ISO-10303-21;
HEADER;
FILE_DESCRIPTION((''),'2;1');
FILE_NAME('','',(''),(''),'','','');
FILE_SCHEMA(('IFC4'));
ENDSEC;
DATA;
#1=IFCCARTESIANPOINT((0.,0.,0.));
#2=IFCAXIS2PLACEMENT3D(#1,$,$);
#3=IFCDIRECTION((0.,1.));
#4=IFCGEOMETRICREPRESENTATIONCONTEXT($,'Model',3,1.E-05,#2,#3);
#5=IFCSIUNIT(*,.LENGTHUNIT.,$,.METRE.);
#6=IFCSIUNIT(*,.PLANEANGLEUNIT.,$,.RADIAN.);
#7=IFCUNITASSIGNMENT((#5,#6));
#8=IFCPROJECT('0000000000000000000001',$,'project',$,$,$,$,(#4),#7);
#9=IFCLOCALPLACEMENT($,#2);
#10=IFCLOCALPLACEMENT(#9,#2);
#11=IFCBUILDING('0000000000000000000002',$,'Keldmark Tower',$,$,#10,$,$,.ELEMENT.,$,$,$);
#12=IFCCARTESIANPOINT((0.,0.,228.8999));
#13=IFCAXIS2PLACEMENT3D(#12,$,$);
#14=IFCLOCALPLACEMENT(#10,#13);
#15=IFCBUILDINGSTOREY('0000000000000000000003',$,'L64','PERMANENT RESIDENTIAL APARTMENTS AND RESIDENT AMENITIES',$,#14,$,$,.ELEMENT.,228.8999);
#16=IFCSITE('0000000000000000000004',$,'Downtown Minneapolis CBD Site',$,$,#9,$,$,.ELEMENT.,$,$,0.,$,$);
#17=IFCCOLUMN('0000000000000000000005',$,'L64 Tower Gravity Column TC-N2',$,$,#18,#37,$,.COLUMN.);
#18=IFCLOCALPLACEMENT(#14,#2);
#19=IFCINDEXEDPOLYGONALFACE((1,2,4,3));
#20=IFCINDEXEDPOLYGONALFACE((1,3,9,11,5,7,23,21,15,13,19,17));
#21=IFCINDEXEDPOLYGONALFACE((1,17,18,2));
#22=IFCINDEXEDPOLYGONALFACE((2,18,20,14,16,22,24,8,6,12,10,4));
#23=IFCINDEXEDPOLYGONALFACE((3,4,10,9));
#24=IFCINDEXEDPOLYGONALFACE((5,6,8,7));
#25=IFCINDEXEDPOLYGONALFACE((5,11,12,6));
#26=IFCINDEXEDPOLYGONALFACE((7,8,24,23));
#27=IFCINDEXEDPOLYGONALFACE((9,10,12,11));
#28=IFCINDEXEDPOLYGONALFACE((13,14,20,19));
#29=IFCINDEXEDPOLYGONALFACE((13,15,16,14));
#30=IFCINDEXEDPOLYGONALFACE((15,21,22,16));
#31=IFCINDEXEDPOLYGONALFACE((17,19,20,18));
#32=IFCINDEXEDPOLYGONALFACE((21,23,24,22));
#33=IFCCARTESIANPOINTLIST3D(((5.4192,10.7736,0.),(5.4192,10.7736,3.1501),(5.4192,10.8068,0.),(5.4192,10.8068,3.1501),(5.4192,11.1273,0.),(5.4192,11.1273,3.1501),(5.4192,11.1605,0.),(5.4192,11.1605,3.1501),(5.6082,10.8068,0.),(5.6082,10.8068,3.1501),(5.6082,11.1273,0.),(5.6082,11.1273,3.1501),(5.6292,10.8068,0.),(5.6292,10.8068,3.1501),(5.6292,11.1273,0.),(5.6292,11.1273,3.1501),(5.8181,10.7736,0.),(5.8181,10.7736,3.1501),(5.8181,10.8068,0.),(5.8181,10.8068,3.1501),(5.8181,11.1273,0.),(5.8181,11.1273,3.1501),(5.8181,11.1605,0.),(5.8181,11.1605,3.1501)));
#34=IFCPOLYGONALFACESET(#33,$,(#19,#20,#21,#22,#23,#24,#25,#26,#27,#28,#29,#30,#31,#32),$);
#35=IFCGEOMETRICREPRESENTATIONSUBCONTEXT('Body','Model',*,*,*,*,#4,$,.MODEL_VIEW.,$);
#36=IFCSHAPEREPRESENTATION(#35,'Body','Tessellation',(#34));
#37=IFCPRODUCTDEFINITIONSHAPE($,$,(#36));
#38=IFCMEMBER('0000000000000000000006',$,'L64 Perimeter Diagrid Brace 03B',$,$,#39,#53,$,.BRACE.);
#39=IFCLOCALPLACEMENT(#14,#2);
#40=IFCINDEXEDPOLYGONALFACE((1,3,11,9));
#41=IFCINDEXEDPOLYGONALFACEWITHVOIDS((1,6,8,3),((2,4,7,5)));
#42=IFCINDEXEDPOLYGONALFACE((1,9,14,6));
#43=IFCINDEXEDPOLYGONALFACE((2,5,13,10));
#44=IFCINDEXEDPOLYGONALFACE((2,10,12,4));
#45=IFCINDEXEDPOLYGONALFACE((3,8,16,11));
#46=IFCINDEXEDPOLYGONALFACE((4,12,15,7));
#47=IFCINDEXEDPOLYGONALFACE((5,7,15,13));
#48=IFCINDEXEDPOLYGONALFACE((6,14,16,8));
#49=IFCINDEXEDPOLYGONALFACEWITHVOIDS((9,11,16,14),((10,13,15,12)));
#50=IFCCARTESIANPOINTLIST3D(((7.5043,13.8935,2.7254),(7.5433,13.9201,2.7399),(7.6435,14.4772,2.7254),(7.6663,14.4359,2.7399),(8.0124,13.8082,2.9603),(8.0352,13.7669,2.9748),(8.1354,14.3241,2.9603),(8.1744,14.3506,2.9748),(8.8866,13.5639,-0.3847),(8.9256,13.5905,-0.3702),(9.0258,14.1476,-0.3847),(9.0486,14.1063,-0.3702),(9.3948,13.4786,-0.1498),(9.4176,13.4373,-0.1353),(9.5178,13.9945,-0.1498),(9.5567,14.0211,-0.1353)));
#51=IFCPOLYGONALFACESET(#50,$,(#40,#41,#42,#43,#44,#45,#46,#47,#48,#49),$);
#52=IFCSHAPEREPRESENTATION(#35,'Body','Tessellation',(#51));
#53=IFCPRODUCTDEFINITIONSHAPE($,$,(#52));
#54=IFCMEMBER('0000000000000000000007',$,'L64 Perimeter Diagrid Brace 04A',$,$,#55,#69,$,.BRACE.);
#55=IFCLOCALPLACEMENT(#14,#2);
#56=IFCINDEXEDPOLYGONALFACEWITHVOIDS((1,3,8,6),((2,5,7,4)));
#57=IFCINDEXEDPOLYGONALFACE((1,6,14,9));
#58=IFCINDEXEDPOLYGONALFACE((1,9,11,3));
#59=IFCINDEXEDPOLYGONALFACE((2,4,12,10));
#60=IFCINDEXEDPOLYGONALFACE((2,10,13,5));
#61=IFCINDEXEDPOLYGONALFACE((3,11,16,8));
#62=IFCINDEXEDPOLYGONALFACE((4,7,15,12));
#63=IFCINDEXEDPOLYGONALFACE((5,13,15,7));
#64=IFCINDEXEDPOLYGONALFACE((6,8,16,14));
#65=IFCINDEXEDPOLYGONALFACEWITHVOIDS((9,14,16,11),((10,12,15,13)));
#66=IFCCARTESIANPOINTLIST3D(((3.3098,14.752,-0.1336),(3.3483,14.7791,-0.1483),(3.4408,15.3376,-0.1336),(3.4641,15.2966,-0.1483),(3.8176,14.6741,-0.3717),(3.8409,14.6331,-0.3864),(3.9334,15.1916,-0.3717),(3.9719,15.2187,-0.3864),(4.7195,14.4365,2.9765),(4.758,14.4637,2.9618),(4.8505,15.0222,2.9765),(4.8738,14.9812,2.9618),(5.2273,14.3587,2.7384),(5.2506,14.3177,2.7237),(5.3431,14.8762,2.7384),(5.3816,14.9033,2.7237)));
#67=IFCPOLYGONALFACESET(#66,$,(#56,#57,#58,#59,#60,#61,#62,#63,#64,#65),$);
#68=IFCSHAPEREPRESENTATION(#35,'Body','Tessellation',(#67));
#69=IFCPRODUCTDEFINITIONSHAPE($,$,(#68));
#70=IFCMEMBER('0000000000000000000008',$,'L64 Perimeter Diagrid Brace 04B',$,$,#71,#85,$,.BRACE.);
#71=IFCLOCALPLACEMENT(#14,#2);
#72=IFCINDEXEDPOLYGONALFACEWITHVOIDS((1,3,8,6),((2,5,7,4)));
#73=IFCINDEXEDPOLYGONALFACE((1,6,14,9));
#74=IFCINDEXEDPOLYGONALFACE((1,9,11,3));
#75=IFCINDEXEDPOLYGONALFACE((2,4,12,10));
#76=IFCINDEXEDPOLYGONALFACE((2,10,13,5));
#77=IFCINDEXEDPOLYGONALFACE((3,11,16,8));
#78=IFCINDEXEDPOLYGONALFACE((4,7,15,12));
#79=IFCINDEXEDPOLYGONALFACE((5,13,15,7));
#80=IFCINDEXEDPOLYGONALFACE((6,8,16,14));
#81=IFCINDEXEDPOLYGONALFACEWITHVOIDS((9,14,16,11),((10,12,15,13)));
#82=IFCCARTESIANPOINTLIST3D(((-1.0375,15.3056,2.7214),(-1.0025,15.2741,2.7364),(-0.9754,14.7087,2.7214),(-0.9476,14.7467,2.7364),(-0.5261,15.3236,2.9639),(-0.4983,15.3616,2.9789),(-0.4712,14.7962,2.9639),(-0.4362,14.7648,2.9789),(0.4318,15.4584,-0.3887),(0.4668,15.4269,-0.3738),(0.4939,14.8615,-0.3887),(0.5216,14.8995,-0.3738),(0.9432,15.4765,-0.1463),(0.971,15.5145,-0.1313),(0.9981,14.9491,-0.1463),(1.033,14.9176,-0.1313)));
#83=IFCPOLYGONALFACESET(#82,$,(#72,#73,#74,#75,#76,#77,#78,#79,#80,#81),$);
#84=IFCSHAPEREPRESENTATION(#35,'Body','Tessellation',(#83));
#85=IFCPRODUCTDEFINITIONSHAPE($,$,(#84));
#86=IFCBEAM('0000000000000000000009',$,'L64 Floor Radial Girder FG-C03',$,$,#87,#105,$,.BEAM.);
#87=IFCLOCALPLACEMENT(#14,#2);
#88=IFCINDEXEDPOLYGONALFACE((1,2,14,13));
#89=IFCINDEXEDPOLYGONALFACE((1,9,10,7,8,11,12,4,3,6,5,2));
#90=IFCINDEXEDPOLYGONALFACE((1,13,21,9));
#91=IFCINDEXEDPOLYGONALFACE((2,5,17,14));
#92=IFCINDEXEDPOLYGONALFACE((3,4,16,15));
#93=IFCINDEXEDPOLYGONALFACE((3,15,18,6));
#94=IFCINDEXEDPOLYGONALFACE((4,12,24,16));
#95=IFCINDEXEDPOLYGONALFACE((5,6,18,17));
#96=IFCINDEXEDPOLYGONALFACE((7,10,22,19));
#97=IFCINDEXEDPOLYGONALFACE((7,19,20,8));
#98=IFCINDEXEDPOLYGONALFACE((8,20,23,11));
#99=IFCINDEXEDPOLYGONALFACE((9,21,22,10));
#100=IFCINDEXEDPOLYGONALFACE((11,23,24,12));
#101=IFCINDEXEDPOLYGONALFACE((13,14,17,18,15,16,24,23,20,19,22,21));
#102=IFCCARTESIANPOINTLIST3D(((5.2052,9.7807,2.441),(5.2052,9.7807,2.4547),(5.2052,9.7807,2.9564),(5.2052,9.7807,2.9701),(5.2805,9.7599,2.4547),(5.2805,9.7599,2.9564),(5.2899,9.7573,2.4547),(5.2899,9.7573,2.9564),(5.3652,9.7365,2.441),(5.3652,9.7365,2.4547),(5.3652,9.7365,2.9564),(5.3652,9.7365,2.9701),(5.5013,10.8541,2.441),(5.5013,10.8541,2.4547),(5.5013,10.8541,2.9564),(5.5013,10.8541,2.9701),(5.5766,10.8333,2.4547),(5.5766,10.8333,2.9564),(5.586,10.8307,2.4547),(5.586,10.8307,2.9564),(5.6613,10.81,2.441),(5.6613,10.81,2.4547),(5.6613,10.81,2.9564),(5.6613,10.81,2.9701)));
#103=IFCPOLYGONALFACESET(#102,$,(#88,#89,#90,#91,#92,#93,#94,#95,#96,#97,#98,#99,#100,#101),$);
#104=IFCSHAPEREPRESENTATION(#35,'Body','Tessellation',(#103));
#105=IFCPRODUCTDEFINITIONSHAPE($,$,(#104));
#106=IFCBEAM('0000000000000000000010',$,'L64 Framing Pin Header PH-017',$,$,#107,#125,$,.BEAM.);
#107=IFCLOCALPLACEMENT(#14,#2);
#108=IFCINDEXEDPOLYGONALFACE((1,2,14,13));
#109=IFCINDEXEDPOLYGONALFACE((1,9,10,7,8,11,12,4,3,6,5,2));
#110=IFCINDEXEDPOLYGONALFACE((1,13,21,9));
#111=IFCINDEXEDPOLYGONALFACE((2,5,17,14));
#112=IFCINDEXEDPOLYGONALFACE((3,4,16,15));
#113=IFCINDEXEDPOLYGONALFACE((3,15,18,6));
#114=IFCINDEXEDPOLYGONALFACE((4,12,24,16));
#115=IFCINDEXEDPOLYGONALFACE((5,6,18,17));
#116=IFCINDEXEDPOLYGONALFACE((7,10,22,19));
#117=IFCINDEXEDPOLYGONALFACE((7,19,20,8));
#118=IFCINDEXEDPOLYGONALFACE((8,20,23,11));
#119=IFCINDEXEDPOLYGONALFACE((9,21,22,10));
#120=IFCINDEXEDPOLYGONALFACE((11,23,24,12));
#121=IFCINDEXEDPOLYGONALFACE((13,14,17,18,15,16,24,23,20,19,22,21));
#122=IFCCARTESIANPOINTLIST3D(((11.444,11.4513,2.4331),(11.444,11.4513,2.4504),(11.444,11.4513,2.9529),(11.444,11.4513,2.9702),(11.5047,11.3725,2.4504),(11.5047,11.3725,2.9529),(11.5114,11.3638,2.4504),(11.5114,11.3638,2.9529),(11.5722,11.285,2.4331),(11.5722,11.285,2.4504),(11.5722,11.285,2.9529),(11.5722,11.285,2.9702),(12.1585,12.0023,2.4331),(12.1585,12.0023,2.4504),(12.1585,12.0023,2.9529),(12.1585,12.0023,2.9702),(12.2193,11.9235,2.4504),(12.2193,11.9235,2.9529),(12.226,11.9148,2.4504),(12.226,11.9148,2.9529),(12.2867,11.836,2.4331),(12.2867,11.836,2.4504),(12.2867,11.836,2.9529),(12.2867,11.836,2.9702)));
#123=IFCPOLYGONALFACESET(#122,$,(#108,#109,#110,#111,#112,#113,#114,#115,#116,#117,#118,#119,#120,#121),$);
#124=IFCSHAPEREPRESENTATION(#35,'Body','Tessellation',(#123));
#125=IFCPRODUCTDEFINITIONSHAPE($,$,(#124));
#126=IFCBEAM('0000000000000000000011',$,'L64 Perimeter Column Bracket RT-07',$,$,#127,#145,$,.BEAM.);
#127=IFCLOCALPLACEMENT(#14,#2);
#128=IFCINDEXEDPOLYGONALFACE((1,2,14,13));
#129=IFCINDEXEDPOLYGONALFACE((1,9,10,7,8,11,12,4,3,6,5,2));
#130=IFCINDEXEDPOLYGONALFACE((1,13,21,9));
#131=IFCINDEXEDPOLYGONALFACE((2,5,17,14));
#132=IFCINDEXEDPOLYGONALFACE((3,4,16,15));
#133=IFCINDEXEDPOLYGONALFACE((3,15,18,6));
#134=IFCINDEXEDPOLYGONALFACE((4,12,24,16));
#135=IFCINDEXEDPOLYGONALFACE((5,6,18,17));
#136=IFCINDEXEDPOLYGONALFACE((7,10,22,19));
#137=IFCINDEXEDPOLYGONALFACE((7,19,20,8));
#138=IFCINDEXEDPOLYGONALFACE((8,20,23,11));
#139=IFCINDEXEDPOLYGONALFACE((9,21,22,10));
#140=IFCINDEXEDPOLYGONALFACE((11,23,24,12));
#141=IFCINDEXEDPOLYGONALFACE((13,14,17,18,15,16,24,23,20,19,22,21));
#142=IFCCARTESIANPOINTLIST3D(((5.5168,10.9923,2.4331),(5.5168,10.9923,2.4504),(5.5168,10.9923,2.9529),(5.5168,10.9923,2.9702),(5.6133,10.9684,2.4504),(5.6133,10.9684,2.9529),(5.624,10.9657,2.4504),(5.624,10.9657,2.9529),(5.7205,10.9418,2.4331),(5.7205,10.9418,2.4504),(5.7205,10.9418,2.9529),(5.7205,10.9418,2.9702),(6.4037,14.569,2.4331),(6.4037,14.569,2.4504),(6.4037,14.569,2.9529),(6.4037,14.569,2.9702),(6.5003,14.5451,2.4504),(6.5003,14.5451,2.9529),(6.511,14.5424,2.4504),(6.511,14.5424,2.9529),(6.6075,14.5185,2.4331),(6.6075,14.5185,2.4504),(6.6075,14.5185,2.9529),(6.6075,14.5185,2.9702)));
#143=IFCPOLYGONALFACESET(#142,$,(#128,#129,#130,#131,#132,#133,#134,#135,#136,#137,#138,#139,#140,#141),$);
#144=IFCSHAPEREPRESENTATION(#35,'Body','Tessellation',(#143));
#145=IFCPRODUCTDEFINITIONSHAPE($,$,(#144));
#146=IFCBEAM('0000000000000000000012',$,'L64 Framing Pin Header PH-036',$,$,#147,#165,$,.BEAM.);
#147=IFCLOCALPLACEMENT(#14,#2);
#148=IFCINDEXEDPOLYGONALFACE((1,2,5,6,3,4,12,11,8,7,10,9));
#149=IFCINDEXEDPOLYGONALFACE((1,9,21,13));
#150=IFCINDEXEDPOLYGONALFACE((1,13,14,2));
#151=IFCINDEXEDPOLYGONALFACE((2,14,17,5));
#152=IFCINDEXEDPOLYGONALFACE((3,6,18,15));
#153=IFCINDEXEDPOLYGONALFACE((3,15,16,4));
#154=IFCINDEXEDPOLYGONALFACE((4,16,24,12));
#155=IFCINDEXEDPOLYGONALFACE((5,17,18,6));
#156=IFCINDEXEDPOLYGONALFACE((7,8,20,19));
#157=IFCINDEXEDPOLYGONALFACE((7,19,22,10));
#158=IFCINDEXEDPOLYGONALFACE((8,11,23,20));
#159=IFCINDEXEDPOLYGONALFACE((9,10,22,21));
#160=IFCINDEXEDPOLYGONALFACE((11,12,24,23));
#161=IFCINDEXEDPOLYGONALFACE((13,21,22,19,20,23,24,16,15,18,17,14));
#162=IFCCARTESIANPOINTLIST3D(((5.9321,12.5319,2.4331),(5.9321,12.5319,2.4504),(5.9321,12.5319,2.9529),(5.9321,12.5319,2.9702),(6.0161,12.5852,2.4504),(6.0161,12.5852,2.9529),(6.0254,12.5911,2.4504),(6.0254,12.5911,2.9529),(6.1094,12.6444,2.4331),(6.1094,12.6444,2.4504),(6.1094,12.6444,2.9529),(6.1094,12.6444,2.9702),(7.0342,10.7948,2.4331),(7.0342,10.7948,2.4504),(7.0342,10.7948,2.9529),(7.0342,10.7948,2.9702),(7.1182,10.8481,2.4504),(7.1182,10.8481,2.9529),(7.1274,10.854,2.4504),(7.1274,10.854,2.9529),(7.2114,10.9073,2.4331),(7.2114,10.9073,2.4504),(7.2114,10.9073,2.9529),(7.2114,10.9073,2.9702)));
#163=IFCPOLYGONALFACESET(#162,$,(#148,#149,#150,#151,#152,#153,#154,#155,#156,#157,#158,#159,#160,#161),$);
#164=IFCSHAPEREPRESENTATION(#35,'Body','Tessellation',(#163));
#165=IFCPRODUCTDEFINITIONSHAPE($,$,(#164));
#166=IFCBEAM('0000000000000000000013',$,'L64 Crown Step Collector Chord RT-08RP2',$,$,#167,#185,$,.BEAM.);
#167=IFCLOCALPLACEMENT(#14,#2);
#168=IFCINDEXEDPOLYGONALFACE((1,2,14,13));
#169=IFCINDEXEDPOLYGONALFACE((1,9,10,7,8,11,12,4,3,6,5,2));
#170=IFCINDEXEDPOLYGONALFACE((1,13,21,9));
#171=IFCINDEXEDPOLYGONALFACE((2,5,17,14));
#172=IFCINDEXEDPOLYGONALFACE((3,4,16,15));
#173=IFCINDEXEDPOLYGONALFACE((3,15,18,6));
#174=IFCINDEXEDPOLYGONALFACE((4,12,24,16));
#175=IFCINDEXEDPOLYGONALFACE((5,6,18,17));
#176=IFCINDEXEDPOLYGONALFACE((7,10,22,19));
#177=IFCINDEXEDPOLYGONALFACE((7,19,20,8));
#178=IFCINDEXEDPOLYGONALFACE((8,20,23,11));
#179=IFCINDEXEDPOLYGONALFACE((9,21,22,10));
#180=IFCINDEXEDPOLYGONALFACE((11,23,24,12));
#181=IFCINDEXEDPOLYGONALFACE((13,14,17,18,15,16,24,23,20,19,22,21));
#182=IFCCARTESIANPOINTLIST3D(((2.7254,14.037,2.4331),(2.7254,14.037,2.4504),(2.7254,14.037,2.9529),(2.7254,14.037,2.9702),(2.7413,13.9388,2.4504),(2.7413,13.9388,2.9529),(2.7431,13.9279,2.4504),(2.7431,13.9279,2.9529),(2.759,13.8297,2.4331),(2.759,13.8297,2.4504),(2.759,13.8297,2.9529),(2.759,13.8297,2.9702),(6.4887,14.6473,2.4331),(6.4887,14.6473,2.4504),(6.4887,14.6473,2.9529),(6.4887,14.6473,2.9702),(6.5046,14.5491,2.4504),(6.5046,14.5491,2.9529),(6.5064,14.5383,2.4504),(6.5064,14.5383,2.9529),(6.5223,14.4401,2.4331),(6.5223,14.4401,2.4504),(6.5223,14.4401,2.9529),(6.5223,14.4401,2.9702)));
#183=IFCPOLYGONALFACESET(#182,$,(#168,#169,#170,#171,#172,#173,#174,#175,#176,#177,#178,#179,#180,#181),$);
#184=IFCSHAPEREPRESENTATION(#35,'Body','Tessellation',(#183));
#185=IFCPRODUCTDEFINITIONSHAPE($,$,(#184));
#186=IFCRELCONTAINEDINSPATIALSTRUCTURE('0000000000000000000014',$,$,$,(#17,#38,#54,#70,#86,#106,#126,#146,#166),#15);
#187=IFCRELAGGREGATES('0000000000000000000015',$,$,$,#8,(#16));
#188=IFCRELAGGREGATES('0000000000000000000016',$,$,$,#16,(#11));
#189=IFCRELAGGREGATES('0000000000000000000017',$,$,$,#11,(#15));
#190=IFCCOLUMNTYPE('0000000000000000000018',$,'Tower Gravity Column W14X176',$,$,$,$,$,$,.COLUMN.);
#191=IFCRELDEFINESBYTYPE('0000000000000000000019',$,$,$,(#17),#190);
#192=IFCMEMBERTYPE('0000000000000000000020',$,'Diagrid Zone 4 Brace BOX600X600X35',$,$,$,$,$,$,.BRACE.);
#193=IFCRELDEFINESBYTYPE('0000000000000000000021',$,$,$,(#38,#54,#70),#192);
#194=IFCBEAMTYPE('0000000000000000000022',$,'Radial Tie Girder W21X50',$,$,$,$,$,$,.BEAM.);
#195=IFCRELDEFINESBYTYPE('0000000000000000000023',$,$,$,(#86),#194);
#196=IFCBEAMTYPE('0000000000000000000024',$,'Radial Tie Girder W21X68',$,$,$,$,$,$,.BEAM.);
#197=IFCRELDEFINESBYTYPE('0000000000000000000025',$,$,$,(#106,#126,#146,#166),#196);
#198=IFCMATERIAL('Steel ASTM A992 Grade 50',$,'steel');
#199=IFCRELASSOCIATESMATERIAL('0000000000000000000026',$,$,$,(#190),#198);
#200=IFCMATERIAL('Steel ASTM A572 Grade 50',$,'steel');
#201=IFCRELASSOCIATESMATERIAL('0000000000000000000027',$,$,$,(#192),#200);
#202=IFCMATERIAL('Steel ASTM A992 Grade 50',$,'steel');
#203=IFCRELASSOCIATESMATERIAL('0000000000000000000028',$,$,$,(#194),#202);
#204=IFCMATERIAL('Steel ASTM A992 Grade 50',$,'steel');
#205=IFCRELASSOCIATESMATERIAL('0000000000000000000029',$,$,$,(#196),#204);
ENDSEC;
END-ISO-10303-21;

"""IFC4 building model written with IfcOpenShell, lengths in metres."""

from ifc_helpers import new_model, si_unit, direction, frame, origin, origin_2d, place, context, subcontext, project, spatial, hollow_rectangle, i_section, extrude, material, material_profile, profile_set, type_object, element, save


model = new_model("IFC4")

# Units and contexts
model_context = context("Model", 3, precision=1e-05, world=origin(), true_north=direction((0.0, 1.0)))
body_context = subcontext(model_context, "Body", "Model", "MODEL_VIEW")
ifc_project = project(units=[si_unit("LENGTHUNIT", "METRE"), si_unit("PLANEANGLEUNIT", "RADIAN")], contexts=[model_context])

# Site, building, storey
site_placement = place(None, origin())
site = spatial("IfcSite", under=ifc_project, at=site_placement, Name="Downtown Minneapolis CBD Site", CompositionType="ELEMENT", RefElevation=0.0)
building_placement = place(site_placement, origin())
building = spatial("IfcBuilding", under=site, at=building_placement, Name="Keldmark Tower", CompositionType="ELEMENT")
storey_placement = place(building_placement, frame((0.0, 0.0, 228.8999)))
storey = spatial("IfcBuildingStorey", under=building, at=storey_placement, Name="L64", Description="PERMANENT RESIDENTIAL APARTMENTS AND RESIDENT AMENITIES", CompositionType="ELEMENT", Elevation=228.8999)

# Column
ifc_material_1 = material(Name="Steel ASTM A992 Grade 50", Category="steel")
ifc_material_profile_1 = material_profile(ifc_material_1, i_section(OverallWidth=0.3989, OverallDepth=0.387, WebThickness=0.021, FlangeThickness=0.0332, at=origin_2d()), Name="W14X176")
ifc_profile_set_1 = profile_set([ifc_material_profile_1], Name="Steel ASTM A992 Grade 50")
column_type = type_object("IfcColumnType", Name="Tower Gravity Column W14X176", PredefinedType="COLUMN", material=ifc_profile_set_1)
column_placement = place(storey_placement, frame((5.6187, 10.967, 0.0), z_axis=(0.0, 0.0, 1.0), x_axis=(1.0, 0.0, 0.0)))
element("IfcColumn", 1, at=column_placement, inside=storey, type_object=column_type, Name="L64 Tower Gravity Column TC-N2", PredefinedType="COLUMN", context=body_context, shape_type="SweptSolid", body=[
    extrude(i_section(OverallWidth=0.3989, OverallDepth=0.387, WebThickness=0.021, FlangeThickness=0.0332, at=origin_2d()), origin(), (0.0, 0.0, 1.0), 3.1501),
])

# Members
ifc_material_2 = material(Name="Steel ASTM A572 Grade 50", Category="steel")
ifc_material_profile_2 = material_profile(ifc_material_2, hollow_rectangle(XDim=0.6001, YDim=0.6001, WallThickness=0.0349, at=origin_2d()), Name="BOX600X600X35")
ifc_profile_set_2 = profile_set([ifc_material_profile_2], Name="Steel ASTM A572 Grade 50")
member_type = type_object("IfcMemberType", Name="Diagrid Zone 4 Brace BOX600X600X35", PredefinedType="BRACE", material=ifc_profile_set_2)
member_1_placement = place(storey_placement, frame((9.2217, 13.7925, -0.26), z_axis=(-0.404261, 0.096389, 0.909551), x_axis=(-0.23193, -0.972732, 0.0)))
element("IfcMember", 2, at=member_1_placement, inside=storey, type_object=member_type, Name="L64 Perimeter Diagrid Brace 03B", PredefinedType="BRACE", context=body_context, shape_type="SweptSolid", body=[
    extrude(hollow_rectangle(XDim=0.6001, YDim=0.6001, WallThickness=0.0349, at=origin_2d()), origin(), (0.0, 0.0, 1.0), 3.4194),
])
member_2_placement = place(storey_placement, frame((3.6409, 14.9854, -0.26), z_axis=(0.411078, -0.091983, 0.906948), x_axis=(0.218362, 0.975868, 0.0)))
element("IfcMember", 3, at=member_2_placement, inside=storey, type_object=member_type, Name="L64 Perimeter Diagrid Brace 04A", PredefinedType="BRACE", context=body_context, shape_type="SweptSolid", body=[
    extrude(hollow_rectangle(XDim=0.6001, YDim=0.6001, WallThickness=0.0349, at=origin_2d()), origin(), (0.0, 0.0, 1.0), 3.4292),
])
member_3_placement = place(storey_placement, frame((0.7324, 15.188, -0.26), z_axis=(-0.426722, -0.044388, 0.903293), x_axis=(0.103463, -0.994633, 0.0)))
element("IfcMember", 4, at=member_3_placement, inside=storey, type_object=member_type, Name="L64 Perimeter Diagrid Brace 04B", PredefinedType="BRACE", context=body_context, shape_type="SweptSolid", body=[
    extrude(hollow_rectangle(XDim=0.6001, YDim=0.6001, WallThickness=0.0349, at=origin_2d()), origin(), (0.0, 0.0, 1.0), 3.4431),
])

# Beams
ifc_material_3 = material(Name="Steel ASTM A992 Grade 50", Category="steel")
ifc_material_profile_3 = material_profile(ifc_material_3, i_section(OverallWidth=0.166, OverallDepth=0.5291, WebThickness=0.0098, FlangeThickness=0.0137, at=origin_2d()), Name="W21X50")
ifc_profile_set_3 = profile_set([ifc_material_profile_3], Name="Steel ASTM A992 Grade 50")
beam_type_1 = type_object("IfcBeamType", Name="Radial Tie Girder W21X50", PredefinedType="BEAM", material=ifc_profile_set_3)
beam_1_placement = place(storey_placement, frame((5.5813, 10.832, 2.7056), z_axis=(-0.265936, -0.963991, 0.0), x_axis=(0.963991, -0.265936, 0.0)))
element("IfcBeam", 5, at=beam_1_placement, inside=storey, type_object=beam_type_1, Name="L64 Floor Radial Girder FG-C03", PredefinedType="BEAM", context=body_context, shape_type="SweptSolid", body=[
    extrude(i_section(OverallWidth=0.166, OverallDepth=0.5291, WebThickness=0.0098, FlangeThickness=0.0137, at=origin_2d()), origin(), (0.0, 0.0, 1.0), 1.1135),
])
ifc_material_4 = material(Name="Steel ASTM A992 Grade 50", Category="steel")
ifc_material_profile_4 = material_profile(ifc_material_4, i_section(OverallWidth=0.21, OverallDepth=0.5371, WebThickness=0.011, FlangeThickness=0.0173, at=origin_2d()), Name="W21X68")
ifc_profile_set_4 = profile_set([ifc_material_profile_4], Name="Steel ASTM A992 Grade 50")
beam_type_2 = type_object("IfcBeamType", Name="Radial Tie Girder W21X68", PredefinedType="BEAM", material=ifc_profile_set_4)
beam_2_placement = place(storey_placement, frame((11.5081, 11.3682, 2.7017), z_axis=(0.791909, 0.610639, 0.0), x_axis=(-0.610639, 0.791909, 0.0)))
element("IfcBeam", 6, at=beam_2_placement, inside=storey, type_object=beam_type_2, Name="L64 Framing Pin Header PH-017", PredefinedType="BEAM", context=body_context, shape_type="SweptSolid", body=[
    extrude(i_section(OverallWidth=0.21, OverallDepth=0.5371, WebThickness=0.011, FlangeThickness=0.0173, at=origin_2d()), origin(), (0.0, 0.0, 1.0), 0.9023),
])
beam_3_placement = place(storey_placement, frame((5.6187, 10.967, 2.7017), z_axis=(0.240696, 0.970601, 0.0), x_axis=(-0.970601, 0.240696, 0.0)))
element("IfcBeam", 7, at=beam_3_placement, inside=storey, type_object=beam_type_2, Name="L64 Perimeter Column Bracket RT-07", PredefinedType="BEAM", context=body_context, shape_type="SweptSolid", body=[
    extrude(i_section(OverallWidth=0.21, OverallDepth=0.5371, WebThickness=0.011, FlangeThickness=0.0173, at=origin_2d()), origin(), (0.0, 0.0, 1.0), 3.6851),
])
beam_4_placement = place(storey_placement, frame((7.1228, 10.8511, 2.7017), z_axis=(-0.535715, 0.844399, 0.0), x_axis=(-0.844399, -0.535715, 0.0)))
element("IfcBeam", 8, at=beam_4_placement, inside=storey, type_object=beam_type_2, Name="L64 Framing Pin Header PH-036", PredefinedType="BEAM", context=body_context, shape_type="SweptSolid", body=[
    extrude(i_section(OverallWidth=0.21, OverallDepth=0.5371, WebThickness=0.011, FlangeThickness=0.0173, at=origin_2d()), origin(), (0.0, 0.0, 1.0), 2.0571),
])
beam_5_placement = place(storey_placement, frame((2.7422, 13.9333, 2.7017), z_axis=(0.987103, 0.160088, 0.0), x_axis=(-0.160088, 0.987103, 0.0)))
element("IfcBeam", 9, at=beam_5_placement, inside=storey, type_object=beam_type_2, Name="L64 Crown Step Collector Chord RT-08RP2", PredefinedType="BEAM", context=body_context, shape_type="SweptSolid", body=[
    extrude(i_section(OverallWidth=0.21, OverallDepth=0.5371, WebThickness=0.011, FlangeThickness=0.0173, at=origin_2d()), origin(), (0.0, 0.0, 1.0), 3.8125),
])

save(model, "model.ifc")
